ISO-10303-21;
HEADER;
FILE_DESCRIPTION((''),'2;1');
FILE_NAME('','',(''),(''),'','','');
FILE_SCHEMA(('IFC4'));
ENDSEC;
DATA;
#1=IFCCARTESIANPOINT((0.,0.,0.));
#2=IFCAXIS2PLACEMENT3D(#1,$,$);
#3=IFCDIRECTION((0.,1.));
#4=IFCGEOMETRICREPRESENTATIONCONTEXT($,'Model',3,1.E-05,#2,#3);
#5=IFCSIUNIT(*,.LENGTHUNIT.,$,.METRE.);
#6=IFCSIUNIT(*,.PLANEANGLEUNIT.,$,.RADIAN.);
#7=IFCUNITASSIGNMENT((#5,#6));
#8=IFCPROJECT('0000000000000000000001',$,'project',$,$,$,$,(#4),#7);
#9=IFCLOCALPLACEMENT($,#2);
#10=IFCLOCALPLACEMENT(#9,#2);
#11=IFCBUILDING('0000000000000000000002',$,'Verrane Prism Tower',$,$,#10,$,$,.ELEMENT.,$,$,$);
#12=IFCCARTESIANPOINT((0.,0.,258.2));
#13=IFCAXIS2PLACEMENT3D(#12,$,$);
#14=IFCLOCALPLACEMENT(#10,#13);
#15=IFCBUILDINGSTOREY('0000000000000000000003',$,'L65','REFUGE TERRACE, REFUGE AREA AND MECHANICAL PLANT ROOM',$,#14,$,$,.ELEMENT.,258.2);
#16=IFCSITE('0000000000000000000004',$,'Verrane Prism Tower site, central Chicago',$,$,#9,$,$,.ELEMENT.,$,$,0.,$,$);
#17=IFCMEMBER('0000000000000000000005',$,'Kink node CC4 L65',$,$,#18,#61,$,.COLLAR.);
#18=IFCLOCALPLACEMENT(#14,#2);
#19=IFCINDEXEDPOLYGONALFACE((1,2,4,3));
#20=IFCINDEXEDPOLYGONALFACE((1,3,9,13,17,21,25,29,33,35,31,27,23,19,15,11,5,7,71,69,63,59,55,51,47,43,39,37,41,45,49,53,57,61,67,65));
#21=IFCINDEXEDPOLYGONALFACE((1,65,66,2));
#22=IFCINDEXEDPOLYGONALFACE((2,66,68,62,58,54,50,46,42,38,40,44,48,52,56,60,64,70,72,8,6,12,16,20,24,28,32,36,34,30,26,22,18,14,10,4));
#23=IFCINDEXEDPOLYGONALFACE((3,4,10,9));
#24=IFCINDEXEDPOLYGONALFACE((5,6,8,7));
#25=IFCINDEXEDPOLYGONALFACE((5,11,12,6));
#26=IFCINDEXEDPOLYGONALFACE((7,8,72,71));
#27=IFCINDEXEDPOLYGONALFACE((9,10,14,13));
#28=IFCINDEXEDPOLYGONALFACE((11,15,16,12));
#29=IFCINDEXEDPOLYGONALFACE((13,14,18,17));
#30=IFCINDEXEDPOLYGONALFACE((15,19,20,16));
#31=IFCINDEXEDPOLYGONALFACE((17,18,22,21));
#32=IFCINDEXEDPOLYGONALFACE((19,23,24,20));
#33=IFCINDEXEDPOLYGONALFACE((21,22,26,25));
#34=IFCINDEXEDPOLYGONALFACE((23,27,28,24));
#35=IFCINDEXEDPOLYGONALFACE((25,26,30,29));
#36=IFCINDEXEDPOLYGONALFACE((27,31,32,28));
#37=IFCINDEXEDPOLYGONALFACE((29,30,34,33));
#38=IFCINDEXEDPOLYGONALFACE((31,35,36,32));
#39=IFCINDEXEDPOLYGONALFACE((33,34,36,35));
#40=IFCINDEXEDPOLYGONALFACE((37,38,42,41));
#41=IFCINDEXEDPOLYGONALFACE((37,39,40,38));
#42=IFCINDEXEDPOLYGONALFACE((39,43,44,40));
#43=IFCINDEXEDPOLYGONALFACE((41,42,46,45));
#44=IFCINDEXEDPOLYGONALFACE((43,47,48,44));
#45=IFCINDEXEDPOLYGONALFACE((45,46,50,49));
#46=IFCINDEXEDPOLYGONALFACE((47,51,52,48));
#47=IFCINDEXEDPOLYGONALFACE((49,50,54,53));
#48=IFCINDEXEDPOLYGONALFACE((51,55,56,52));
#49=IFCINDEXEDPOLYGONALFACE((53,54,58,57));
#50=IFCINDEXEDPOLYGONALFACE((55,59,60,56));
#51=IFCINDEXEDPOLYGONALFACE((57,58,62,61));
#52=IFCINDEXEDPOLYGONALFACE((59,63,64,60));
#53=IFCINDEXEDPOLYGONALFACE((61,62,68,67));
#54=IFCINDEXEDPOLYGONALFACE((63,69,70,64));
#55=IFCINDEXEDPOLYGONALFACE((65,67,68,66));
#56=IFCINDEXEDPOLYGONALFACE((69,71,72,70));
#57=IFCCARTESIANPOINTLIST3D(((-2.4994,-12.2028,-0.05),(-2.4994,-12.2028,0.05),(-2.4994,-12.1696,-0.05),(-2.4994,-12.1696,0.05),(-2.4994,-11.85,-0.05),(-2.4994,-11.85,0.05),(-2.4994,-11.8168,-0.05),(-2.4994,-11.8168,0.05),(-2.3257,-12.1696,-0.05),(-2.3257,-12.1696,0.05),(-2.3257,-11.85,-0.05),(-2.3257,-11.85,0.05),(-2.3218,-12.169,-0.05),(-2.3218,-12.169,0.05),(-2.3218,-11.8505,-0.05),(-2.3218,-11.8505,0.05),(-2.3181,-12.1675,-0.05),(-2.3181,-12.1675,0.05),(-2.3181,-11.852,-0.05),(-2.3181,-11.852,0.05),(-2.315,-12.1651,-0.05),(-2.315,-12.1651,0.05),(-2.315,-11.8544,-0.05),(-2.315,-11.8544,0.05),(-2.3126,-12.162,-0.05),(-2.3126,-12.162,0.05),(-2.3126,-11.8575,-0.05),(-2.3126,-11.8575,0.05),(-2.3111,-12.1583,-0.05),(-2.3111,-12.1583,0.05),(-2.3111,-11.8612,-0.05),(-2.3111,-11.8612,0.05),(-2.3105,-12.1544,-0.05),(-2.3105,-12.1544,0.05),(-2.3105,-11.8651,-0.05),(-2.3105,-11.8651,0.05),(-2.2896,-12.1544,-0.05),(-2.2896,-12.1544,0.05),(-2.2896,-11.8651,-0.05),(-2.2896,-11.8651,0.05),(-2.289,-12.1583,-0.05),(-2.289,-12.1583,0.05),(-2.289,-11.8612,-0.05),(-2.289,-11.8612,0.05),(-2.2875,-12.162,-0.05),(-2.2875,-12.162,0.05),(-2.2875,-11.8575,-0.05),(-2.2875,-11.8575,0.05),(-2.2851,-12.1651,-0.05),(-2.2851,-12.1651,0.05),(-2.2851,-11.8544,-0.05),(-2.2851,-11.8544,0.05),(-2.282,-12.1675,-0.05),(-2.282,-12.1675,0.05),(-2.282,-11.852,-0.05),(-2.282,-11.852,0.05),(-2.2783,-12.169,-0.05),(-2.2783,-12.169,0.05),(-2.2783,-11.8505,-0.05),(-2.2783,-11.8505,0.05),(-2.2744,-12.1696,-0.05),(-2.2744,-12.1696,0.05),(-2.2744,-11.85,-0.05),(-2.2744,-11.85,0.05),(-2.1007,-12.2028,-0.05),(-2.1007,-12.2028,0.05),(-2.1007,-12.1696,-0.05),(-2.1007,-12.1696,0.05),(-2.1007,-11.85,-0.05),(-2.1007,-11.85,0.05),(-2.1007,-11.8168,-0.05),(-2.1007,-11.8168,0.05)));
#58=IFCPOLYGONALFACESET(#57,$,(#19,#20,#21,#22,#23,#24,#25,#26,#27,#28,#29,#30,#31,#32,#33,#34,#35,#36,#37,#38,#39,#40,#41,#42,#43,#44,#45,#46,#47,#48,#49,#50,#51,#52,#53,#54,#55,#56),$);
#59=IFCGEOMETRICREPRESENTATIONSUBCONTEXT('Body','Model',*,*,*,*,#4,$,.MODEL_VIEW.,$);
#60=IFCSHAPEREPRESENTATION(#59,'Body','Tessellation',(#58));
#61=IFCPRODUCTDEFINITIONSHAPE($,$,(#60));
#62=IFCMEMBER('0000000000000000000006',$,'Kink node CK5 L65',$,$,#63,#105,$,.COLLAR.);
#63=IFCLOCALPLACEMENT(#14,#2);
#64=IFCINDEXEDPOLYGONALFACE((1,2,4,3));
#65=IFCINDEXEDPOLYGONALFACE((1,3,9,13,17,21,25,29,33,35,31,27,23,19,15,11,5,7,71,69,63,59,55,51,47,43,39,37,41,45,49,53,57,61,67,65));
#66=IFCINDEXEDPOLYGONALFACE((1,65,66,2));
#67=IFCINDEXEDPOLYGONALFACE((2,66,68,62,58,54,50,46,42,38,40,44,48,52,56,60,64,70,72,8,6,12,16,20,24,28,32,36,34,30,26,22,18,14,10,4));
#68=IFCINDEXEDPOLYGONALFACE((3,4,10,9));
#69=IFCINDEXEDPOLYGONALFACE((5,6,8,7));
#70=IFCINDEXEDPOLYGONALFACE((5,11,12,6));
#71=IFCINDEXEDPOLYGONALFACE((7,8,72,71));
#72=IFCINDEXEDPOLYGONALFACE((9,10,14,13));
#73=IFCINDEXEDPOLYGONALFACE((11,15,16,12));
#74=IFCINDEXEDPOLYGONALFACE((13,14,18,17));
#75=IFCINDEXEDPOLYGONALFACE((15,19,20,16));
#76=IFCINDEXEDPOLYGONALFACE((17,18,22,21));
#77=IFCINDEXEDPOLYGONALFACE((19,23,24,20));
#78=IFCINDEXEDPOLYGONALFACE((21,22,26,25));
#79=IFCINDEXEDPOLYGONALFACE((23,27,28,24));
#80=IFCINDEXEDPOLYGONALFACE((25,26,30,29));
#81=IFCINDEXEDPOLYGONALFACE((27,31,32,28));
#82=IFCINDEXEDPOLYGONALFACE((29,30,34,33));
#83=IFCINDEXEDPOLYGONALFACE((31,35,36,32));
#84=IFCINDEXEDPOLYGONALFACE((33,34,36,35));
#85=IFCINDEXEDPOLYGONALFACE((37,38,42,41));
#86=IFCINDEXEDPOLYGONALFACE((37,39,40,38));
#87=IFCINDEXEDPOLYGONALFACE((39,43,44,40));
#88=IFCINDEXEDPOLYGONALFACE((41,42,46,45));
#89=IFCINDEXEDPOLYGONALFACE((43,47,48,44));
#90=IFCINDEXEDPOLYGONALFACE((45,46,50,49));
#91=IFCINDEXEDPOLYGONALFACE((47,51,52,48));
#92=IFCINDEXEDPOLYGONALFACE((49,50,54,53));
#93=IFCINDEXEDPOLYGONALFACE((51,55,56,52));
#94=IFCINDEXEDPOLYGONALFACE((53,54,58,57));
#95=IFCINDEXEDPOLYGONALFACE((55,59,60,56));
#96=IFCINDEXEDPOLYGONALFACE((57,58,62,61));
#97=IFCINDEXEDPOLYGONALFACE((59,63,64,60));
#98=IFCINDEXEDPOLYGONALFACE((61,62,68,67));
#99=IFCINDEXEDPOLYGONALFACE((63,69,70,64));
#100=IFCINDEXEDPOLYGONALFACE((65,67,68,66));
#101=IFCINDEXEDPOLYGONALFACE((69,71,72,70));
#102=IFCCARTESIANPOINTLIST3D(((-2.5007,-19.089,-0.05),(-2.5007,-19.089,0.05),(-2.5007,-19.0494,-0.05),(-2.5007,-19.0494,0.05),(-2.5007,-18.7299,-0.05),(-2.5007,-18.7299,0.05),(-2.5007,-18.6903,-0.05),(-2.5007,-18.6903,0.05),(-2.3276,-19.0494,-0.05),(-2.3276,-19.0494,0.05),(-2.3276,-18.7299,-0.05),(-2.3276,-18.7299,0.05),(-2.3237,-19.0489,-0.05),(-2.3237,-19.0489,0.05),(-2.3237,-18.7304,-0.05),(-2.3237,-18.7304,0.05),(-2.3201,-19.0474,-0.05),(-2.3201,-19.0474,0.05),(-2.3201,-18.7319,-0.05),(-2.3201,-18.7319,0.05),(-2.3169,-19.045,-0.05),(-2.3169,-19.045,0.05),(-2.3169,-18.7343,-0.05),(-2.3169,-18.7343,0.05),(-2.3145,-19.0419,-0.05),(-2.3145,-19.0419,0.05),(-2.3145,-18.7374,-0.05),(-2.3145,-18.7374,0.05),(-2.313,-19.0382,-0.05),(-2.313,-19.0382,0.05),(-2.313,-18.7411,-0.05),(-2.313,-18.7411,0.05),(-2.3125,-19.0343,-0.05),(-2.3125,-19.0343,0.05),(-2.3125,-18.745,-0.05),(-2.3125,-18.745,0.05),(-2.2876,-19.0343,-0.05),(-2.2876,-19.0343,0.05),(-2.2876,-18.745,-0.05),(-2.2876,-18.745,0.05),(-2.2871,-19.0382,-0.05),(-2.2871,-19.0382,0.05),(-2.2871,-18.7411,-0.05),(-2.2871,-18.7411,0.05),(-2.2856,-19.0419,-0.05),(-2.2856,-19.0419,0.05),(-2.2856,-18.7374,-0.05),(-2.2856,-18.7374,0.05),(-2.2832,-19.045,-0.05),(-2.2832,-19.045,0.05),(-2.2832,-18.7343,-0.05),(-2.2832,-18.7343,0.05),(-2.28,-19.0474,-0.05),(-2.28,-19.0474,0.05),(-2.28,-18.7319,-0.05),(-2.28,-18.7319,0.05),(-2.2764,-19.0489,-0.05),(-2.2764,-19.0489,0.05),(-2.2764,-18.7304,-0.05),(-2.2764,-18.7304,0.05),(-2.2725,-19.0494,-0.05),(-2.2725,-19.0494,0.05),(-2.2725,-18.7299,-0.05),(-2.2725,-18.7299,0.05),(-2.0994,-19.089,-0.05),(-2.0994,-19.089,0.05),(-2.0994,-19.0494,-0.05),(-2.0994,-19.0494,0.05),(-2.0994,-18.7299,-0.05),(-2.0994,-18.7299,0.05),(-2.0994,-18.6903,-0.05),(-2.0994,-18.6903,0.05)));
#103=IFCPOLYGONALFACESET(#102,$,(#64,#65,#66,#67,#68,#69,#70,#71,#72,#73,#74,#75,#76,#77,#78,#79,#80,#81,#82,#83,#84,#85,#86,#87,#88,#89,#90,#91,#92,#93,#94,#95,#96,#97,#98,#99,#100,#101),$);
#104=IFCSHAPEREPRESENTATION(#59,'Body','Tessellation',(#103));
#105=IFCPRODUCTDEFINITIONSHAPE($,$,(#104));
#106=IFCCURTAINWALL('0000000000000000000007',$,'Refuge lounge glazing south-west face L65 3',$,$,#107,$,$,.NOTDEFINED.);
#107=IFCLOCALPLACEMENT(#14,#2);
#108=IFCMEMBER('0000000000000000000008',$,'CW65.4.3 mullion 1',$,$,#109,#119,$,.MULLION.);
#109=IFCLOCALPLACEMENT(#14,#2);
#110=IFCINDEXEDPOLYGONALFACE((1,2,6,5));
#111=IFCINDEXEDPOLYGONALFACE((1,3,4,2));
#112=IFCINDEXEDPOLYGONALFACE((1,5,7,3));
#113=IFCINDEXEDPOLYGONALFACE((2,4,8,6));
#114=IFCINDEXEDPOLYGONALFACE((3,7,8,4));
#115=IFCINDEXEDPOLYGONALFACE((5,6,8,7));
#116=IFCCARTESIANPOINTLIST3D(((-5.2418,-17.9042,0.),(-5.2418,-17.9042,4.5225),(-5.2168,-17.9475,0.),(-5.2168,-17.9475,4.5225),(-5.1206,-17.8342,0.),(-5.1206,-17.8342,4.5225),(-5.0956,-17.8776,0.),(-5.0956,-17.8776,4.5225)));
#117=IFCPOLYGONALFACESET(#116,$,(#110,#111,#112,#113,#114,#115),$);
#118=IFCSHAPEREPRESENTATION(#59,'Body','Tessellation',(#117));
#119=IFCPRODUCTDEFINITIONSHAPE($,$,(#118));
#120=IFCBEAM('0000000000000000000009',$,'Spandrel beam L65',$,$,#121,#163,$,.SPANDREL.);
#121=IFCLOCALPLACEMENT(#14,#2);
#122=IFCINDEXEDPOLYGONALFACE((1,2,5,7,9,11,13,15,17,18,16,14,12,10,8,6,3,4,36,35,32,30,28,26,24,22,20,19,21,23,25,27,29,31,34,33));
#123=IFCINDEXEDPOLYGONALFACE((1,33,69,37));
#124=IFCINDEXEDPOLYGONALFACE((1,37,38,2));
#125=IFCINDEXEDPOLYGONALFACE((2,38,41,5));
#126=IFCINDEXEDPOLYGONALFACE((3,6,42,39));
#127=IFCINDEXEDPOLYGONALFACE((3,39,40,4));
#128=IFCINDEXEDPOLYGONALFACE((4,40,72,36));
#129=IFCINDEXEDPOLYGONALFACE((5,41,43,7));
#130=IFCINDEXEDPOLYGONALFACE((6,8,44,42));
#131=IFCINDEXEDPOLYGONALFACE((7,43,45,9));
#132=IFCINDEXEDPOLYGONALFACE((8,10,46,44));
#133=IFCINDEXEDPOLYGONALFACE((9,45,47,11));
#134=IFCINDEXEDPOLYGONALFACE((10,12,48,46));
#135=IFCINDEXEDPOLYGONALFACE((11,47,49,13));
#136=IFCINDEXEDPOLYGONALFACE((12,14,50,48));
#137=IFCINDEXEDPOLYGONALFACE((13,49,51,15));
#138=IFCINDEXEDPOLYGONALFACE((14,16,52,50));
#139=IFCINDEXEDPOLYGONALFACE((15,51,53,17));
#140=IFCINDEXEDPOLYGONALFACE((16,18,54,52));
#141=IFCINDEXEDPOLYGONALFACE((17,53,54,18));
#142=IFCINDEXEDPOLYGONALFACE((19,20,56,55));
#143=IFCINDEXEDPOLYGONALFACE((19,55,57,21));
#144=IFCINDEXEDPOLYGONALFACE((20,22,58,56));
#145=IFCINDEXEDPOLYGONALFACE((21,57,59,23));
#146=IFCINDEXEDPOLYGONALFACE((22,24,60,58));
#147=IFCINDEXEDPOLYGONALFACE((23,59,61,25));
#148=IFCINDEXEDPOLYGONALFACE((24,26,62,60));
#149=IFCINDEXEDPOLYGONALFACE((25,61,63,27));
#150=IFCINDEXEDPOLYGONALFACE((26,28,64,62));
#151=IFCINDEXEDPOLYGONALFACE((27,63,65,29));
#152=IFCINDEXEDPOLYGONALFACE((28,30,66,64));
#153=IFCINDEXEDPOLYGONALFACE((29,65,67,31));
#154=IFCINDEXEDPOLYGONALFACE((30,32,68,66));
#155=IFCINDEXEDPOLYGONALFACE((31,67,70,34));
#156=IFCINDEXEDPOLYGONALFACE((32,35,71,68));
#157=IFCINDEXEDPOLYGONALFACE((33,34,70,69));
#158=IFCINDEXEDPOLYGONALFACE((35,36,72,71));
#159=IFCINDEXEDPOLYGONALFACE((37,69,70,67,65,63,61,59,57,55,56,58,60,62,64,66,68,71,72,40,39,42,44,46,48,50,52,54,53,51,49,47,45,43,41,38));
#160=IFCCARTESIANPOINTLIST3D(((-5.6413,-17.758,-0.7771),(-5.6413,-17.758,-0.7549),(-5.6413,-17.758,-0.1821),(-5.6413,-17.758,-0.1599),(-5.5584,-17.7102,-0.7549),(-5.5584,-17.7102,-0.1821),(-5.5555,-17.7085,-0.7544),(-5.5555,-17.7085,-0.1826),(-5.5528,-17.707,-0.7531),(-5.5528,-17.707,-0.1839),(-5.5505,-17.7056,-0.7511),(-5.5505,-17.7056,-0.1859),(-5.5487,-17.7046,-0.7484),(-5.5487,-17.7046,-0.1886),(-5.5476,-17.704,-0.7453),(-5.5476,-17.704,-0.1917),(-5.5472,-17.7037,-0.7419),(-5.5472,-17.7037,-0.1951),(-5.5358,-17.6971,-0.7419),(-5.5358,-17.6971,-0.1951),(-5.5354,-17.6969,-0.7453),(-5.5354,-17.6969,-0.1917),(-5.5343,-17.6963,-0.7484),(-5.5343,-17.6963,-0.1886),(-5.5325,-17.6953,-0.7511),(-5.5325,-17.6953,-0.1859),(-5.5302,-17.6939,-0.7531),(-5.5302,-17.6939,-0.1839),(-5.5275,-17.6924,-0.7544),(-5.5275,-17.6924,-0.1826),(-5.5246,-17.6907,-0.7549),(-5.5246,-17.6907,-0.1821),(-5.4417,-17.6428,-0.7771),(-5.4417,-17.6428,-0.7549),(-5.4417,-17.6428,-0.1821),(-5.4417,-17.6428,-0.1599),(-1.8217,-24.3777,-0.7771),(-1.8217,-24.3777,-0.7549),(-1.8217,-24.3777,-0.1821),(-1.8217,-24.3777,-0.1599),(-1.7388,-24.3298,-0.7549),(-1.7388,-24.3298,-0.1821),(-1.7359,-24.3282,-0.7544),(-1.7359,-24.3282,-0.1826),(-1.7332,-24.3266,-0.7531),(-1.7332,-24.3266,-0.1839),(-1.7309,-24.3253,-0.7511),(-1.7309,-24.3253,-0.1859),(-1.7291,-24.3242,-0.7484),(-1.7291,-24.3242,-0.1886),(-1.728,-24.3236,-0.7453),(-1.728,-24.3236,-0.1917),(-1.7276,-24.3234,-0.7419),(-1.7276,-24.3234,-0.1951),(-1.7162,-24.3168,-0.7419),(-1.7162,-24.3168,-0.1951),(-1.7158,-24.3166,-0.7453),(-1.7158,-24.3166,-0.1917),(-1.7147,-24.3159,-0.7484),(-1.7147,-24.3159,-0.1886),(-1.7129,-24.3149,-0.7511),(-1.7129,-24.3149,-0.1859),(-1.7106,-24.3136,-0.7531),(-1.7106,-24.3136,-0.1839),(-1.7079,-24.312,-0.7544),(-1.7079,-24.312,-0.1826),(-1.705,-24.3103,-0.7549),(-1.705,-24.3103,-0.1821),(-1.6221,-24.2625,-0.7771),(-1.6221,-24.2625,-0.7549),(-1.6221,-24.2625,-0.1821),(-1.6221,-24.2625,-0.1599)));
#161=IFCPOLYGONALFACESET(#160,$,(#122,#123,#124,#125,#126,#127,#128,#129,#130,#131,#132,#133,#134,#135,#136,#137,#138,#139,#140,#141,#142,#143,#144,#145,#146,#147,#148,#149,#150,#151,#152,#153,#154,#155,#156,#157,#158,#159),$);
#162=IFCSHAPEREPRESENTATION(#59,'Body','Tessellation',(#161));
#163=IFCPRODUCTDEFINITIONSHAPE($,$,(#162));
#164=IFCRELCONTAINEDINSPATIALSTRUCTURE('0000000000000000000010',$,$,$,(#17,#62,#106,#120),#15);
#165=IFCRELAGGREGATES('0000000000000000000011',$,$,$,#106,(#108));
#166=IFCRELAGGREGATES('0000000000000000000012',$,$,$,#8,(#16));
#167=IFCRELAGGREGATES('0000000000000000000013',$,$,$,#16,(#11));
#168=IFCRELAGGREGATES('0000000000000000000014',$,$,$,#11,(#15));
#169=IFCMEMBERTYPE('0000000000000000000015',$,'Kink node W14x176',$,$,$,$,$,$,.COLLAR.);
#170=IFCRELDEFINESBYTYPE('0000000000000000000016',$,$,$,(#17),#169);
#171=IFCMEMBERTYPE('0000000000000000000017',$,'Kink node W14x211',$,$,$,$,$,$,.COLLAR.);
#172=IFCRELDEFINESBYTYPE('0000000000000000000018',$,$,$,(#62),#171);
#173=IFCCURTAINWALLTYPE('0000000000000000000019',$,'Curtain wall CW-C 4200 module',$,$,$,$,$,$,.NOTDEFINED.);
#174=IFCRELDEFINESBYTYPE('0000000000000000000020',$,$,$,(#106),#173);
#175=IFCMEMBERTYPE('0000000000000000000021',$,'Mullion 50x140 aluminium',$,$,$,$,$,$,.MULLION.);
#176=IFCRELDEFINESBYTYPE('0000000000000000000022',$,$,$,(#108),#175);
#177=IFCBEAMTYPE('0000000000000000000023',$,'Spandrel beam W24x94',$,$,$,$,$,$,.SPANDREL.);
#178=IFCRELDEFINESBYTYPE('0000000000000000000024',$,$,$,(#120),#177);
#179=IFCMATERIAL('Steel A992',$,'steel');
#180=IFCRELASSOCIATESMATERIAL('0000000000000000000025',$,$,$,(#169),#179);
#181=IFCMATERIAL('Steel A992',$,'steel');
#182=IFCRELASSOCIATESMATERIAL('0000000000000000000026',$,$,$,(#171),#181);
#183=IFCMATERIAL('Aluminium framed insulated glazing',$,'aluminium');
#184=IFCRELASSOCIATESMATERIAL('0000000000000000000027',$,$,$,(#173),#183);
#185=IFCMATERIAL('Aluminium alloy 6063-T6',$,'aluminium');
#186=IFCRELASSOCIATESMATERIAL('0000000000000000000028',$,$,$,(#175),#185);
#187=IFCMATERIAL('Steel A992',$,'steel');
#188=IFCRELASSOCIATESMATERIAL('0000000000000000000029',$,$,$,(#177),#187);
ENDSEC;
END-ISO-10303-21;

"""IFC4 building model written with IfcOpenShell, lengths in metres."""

from ifc_helpers import new_model, si_unit, direction, frame, origin, origin_2d, place, context, subcontext, project, spatial, rectangle, i_section, extrude, material, material_profile, profile_set, type_object, element, aggregate, save


model = new_model("IFC4")

# Units and contexts
model_context = context("Model", 3, precision=1e-05, world=origin(), true_north=direction((0.0, 1.0)))
body_context = subcontext(model_context, "Body", "Model", "MODEL_VIEW")
ifc_project = project(units=[si_unit("LENGTHUNIT", "METRE"), si_unit("PLANEANGLEUNIT", "RADIAN")], contexts=[model_context])

# Site, building, storey
site_placement = place(None, origin())
site = spatial("IfcSite", under=ifc_project, at=site_placement, Name="Verrane Prism Tower site, central Chicago", CompositionType="ELEMENT", RefElevation=0.0)
building_placement = place(site_placement, origin())
building = spatial("IfcBuilding", under=site, at=building_placement, Name="Verrane Prism Tower", CompositionType="ELEMENT")
storey_placement = place(building_placement, frame((0.0, 0.0, 258.2)))
storey = spatial("IfcBuildingStorey", under=building, at=storey_placement, Name="L65", Description="REFUGE TERRACE, REFUGE AREA AND MECHANICAL PLANT ROOM", CompositionType="ELEMENT", Elevation=258.2)

# Members
ifc_material_1 = material(Name="Steel A992", Category="steel")
ifc_material_profile_1 = material_profile(ifc_material_1, i_section(OverallWidth=0.3987, OverallDepth=0.386, WebThickness=0.021, FlangeThickness=0.0332, FilletRadius=0.0151, at=origin_2d()), Name="W14x176")
ifc_profile_set_1 = profile_set([ifc_material_profile_1], Name="Steel A992")
member_type_1 = type_object("IfcMemberType", Name="Kink node W14x176", PredefinedType="COLLAR", material=ifc_profile_set_1)
member_1_placement = place(storey_placement, frame((-2.3, -12.0098, -0.05), z_axis=(0.0, 0.0, 1.0), x_axis=(1.0, 0.0, 0.0)))
element("IfcMember", 1, at=member_1_placement, inside=storey, type_object=member_type_1, Name="Kink node CC4 L65", PredefinedType="COLLAR", context=body_context, shape_type="SweptSolid", body=[
    extrude(i_section(OverallWidth=0.3987, OverallDepth=0.386, WebThickness=0.021, FlangeThickness=0.0332, FilletRadius=0.0151, at=origin_2d()), origin(), (0.0, 0.0, 1.0), 0.1001),
])
ifc_material_2 = material(Name="Steel A992", Category="steel")
ifc_material_profile_2 = material_profile(ifc_material_2, i_section(OverallWidth=0.4014, OverallDepth=0.3987, WebThickness=0.0249, FlangeThickness=0.0396, FilletRadius=0.0151, at=origin_2d()), Name="W14x211")
ifc_profile_set_2 = profile_set([ifc_material_profile_2], Name="Steel A992")
member_type_2 = type_object("IfcMemberType", Name="Kink node W14x211", PredefinedType="COLLAR", material=ifc_profile_set_2)
member_2_placement = place(storey_placement, frame((-2.3, -18.8896, -0.05), z_axis=(0.0, 0.0, 1.0), x_axis=(-1.0, 0.0, 0.0)))
element("IfcMember", 2, at=member_2_placement, inside=storey, type_object=member_type_2, Name="Kink node CK5 L65", PredefinedType="COLLAR", context=body_context, shape_type="SweptSolid", body=[
    extrude(i_section(OverallWidth=0.4014, OverallDepth=0.3987, WebThickness=0.0249, FlangeThickness=0.0396, FilletRadius=0.0151, at=origin_2d()), origin(), (0.0, 0.0, 1.0), 0.1001),
])

# Curtain wall, member
ifc_material_3 = material(Name="Aluminium framed insulated glazing", Category="aluminium")
curtain_wall_type = type_object("IfcCurtainWallType", Name="Curtain wall CW-C 4200 module", PredefinedType="NOTDEFINED", material=ifc_material_3)
curtain_wall_placement = place(storey_placement, origin())
curtain_wall = element("IfcCurtainWall", 3, at=curtain_wall_placement, inside=storey, type_object=curtain_wall_type, Name="Refuge lounge glazing south-west face L65 3", PredefinedType="NOTDEFINED")
ifc_material_4 = material(Name="Aluminium alloy 6063-T6", Category="aluminium")
ifc_material_profile_3 = material_profile(ifc_material_4, rectangle(XDim=0.1399, YDim=0.05, at=origin_2d()), Name="Mullion 50x140 aluminium")
ifc_profile_set_3 = profile_set([ifc_material_profile_3], Name="Aluminium alloy 6063-T6")
member_type_3 = type_object("IfcMemberType", Name="Mullion 50x140 aluminium", PredefinedType="MULLION", material=ifc_profile_set_3)
member_3_placement = place(storey_placement, frame((-5.1687, -17.8909, 0.0), z_axis=(0.0, 0.0, 1.0), x_axis=(0.866025, 0.500001, 0.0)))
member_3 = element("IfcMember", 4, at=member_3_placement, type_object=member_type_3, Name="CW65.4.3 mullion 1", PredefinedType="MULLION", context=body_context, shape_type="SweptSolid", body=[
    extrude(rectangle(XDim=0.1399, YDim=0.05, at=origin_2d()), origin(), (0.0, 0.0, 1.0), 4.5225),
])

# Beam
ifc_material_5 = material(Name="Steel A992", Category="steel")
ifc_material_profile_4 = material_profile(ifc_material_5, i_section(OverallWidth=0.2305, OverallDepth=0.6172, WebThickness=0.0132, FlangeThickness=0.0222, FilletRadius=0.0129, at=origin_2d()), Name="W24x94")
ifc_profile_set_4 = profile_set([ifc_material_profile_4], Name="Steel A992")
beam_type_1 = type_object("IfcBeamType", Name="Spandrel beam W24x94", PredefinedType="SPANDREL", material=ifc_profile_set_4)
beam_1_placement = place(storey_placement, frame((-5.5415, -17.7004, -0.4685), z_axis=(0.499778, -0.866154, 0.0), x_axis=(0.866154, 0.499778, 0.0)))
element("IfcBeam", 5, at=beam_1_placement, inside=storey, type_object=beam_type_1, Name="Spandrel beam L65", PredefinedType="SPANDREL", context=body_context, shape_type="SweptSolid", body=[
    extrude(i_section(OverallWidth=0.2305, OverallDepth=0.6172, WebThickness=0.0132, FlangeThickness=0.0222, FilletRadius=0.0129, at=origin_2d()), origin(), (0.0, 0.0, 1.0), 7.6426),
])

aggregate(curtain_wall, [member_3])

save(model, "model.ifc")
